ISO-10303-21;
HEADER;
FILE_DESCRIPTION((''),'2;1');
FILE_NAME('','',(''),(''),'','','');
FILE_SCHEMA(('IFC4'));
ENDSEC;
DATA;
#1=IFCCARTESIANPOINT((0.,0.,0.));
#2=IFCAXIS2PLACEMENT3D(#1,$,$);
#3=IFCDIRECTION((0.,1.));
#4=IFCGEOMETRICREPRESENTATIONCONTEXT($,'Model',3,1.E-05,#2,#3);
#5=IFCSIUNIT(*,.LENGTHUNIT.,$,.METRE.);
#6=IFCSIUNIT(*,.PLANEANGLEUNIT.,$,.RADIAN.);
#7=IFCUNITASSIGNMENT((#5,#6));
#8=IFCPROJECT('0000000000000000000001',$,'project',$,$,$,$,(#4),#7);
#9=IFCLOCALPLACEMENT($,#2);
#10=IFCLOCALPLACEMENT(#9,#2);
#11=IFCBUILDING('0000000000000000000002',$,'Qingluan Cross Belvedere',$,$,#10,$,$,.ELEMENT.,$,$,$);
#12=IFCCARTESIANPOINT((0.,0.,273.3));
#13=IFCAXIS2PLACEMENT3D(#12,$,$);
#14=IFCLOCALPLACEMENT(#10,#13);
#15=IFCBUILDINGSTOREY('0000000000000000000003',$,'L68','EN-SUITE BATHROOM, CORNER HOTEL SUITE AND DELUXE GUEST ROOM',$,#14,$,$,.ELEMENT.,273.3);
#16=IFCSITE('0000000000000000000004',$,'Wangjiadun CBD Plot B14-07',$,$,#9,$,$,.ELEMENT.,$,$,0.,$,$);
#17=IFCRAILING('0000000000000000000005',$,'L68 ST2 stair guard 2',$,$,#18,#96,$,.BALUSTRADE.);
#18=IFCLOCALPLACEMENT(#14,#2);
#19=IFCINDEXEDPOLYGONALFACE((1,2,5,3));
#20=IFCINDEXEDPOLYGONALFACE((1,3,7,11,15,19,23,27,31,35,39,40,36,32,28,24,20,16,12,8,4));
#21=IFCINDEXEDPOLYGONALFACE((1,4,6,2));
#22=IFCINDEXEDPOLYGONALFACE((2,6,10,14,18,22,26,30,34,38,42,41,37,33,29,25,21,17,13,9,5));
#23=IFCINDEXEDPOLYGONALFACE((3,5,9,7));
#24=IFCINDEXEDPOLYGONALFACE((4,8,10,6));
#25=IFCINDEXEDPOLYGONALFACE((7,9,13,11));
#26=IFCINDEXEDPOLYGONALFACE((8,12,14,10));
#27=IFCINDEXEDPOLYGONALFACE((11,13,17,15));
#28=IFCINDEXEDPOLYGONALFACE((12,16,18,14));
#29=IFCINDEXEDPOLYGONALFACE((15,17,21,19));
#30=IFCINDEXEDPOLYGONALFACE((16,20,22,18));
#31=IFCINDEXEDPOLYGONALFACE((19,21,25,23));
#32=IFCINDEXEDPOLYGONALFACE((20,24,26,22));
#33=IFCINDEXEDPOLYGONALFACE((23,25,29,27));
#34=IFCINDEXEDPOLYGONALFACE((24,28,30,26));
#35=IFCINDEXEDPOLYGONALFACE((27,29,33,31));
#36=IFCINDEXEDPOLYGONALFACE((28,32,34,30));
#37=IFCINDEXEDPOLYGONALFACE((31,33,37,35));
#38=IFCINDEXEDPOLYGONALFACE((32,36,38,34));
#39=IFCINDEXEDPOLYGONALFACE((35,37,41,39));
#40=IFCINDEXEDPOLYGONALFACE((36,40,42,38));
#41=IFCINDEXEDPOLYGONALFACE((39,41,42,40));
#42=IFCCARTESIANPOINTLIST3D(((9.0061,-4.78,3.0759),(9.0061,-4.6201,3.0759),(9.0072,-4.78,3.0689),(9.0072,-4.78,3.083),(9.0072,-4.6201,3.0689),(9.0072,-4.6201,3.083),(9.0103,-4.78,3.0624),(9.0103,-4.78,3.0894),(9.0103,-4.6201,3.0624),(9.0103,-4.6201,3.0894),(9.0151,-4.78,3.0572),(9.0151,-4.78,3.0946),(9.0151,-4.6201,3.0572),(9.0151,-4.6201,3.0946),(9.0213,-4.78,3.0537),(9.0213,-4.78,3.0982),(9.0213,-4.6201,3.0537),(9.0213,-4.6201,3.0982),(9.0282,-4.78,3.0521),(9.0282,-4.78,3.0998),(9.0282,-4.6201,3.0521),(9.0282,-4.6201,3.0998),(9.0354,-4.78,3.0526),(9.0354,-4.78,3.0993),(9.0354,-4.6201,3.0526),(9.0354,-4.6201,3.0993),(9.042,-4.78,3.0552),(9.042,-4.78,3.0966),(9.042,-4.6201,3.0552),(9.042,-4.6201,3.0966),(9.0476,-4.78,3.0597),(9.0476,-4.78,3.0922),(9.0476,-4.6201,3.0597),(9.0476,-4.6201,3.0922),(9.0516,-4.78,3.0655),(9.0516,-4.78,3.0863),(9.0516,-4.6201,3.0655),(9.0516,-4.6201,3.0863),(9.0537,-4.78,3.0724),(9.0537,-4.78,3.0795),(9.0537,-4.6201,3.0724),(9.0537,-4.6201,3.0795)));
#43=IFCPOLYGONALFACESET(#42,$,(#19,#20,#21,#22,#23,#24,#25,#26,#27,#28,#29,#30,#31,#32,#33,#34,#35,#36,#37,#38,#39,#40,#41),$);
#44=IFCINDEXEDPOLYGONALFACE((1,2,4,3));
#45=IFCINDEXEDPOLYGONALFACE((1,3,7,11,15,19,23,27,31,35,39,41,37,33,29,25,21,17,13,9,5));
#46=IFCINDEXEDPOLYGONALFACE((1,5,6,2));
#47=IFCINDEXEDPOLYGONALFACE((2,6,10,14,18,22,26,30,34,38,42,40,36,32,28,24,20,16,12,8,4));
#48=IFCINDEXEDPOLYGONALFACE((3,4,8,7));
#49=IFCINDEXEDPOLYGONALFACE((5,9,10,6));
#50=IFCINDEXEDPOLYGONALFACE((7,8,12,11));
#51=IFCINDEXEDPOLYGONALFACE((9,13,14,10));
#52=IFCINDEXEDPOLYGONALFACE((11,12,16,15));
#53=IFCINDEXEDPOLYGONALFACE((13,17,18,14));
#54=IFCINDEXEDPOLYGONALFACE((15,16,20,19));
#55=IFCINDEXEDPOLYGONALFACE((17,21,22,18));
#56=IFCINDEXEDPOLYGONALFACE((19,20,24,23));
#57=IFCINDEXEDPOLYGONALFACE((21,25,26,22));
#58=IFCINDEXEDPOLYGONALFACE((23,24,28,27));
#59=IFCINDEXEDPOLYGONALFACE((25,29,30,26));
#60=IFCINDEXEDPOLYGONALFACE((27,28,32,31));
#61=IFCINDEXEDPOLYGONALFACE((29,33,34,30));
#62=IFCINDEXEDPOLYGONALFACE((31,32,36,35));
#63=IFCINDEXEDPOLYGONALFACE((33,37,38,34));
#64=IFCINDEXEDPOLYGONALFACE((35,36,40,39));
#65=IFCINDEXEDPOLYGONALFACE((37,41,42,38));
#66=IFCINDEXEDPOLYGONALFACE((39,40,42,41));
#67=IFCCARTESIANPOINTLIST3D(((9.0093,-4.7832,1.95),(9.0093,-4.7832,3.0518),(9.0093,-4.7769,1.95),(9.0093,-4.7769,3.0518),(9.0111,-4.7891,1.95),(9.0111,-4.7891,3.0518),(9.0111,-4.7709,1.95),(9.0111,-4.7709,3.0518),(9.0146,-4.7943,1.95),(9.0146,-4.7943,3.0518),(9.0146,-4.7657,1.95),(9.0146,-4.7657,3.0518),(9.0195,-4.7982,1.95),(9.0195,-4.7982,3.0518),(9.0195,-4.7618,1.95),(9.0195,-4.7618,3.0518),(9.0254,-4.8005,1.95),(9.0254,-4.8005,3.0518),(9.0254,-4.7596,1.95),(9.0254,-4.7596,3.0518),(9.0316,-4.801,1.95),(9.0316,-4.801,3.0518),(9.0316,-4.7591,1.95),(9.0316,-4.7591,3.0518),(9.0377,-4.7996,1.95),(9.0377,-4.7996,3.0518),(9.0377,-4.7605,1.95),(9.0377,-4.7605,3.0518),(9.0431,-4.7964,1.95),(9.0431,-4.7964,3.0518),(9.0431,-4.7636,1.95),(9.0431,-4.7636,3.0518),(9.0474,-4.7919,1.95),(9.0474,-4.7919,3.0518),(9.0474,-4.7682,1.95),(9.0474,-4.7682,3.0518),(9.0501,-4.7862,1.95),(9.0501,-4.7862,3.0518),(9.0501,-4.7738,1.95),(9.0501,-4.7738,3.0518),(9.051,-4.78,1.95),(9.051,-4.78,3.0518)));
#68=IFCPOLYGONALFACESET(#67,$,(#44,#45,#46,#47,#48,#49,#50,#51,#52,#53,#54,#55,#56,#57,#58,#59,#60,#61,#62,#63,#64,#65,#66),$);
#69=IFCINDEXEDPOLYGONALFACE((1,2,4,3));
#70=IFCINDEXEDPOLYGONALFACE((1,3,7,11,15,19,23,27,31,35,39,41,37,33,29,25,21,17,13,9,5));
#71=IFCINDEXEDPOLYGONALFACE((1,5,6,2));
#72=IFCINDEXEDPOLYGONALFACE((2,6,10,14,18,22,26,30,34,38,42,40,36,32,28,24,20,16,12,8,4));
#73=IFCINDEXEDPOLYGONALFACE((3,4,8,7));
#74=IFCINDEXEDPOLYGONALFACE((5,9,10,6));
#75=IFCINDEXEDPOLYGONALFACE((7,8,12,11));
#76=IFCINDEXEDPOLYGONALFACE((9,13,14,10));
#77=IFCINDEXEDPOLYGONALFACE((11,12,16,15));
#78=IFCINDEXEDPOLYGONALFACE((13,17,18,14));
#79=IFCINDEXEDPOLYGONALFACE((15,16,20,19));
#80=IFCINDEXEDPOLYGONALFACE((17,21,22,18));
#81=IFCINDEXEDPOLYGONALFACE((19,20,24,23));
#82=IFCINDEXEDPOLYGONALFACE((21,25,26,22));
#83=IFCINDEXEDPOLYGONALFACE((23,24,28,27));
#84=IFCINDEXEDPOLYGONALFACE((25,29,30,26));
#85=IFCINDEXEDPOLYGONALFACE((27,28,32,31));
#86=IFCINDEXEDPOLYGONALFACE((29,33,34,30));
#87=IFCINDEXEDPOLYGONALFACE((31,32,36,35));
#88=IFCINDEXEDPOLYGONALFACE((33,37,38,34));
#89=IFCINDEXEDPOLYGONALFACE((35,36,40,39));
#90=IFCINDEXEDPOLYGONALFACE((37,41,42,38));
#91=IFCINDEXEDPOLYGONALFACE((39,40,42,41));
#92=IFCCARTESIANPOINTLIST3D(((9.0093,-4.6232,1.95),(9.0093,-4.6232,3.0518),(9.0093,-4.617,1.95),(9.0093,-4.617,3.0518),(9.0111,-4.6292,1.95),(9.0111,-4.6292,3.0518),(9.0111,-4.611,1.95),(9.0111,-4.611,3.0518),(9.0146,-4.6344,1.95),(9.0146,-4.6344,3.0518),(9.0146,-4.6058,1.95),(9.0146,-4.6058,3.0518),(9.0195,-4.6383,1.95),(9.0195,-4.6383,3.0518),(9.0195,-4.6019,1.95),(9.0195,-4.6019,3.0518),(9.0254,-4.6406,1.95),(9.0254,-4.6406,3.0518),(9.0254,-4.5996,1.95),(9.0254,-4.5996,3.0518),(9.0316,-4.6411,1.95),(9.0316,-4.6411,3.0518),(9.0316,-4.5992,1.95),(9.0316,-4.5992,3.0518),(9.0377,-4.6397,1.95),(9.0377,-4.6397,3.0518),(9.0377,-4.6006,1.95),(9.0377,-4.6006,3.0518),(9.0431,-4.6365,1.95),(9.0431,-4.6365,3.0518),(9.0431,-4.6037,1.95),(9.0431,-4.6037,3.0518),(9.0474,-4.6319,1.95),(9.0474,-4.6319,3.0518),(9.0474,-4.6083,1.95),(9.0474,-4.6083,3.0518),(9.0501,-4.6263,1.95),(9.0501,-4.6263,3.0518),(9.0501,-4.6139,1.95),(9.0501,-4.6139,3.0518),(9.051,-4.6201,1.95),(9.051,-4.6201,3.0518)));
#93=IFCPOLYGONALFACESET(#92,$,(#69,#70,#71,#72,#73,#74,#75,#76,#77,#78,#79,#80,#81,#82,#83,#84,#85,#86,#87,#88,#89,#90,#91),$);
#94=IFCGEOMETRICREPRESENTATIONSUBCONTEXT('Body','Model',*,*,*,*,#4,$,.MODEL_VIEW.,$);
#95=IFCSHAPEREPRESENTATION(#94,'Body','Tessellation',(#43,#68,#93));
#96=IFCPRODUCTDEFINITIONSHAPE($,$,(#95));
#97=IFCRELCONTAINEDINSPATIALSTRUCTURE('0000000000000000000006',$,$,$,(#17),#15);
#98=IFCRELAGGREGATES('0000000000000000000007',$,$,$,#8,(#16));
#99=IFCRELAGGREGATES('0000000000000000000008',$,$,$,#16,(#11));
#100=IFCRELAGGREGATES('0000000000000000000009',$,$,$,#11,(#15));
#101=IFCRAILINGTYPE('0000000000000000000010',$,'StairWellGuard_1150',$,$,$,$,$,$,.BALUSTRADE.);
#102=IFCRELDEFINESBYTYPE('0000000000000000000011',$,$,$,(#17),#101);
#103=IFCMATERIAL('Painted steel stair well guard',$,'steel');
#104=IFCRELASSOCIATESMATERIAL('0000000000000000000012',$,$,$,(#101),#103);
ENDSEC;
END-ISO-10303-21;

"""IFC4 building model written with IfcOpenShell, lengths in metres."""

from ifc_helpers import new_model, si_unit, direction, frame, origin, origin_2d, place, context, subcontext, project, spatial, circle, extrude, material, type_object, element, save


model = new_model("IFC4")

# Units and contexts
model_context = context("Model", 3, precision=1e-05, world=origin(), true_north=direction((0.0, 1.0)))
body_context = subcontext(model_context, "Body", "Model", "MODEL_VIEW")
ifc_project = project(units=[si_unit("LENGTHUNIT", "METRE"), si_unit("PLANEANGLEUNIT", "RADIAN")], contexts=[model_context])

# Site, building, storey
site_placement = place(None, origin())
site = spatial("IfcSite", under=ifc_project, at=site_placement, Name="Wangjiadun CBD Plot B14-07", CompositionType="ELEMENT", RefElevation=0.0)
building_placement = place(site_placement, origin())
building = spatial("IfcBuilding", under=site, at=building_placement, Name="Qingluan Cross Belvedere", CompositionType="ELEMENT")
storey_placement = place(building_placement, frame((0.0, 0.0, 273.3)))
storey = spatial("IfcBuildingStorey", under=building, at=storey_placement, Name="L68", Description="EN-SUITE BATHROOM, CORNER HOTEL SUITE AND DELUXE GUEST ROOM", CompositionType="ELEMENT", Elevation=273.3)

# Railing
ifc_material_1 = material(Name="Painted steel stair well guard", Category="steel")
railing_type_1 = type_object("IfcRailingType", Name="StairWellGuard_1150", PredefinedType="BALUSTRADE", material=ifc_material_1)
railing_1_placement = place(storey_placement, frame((9.03, -4.78, 1.95)))
element("IfcRailing", 1, at=railing_1_placement, inside=storey, type_object=railing_type_1, Name="L68 ST2 stair guard 2", PredefinedType="BALUSTRADE", context=body_context, shape_type="SweptSolid", body=[
    extrude(circle(Radius=0.0239, at=origin_2d()), frame((0.0, 0.0, 1.126), z_axis=(0.0, 1.0, 0.0), x_axis=(-1.0, 0.0, 0.0)), (0.0, 0.0, 1.0), 0.1599),
    extrude(circle(Radius=0.021, at=origin_2d()), origin(), (0.0, 0.0, 1.0), 1.1018),
    extrude(circle(Radius=0.021, at=origin_2d()), frame((0.0, 0.1599, 0.0)), (0.0, 0.0, 1.0), 1.1018),
])

save(model, "model.ifc")
